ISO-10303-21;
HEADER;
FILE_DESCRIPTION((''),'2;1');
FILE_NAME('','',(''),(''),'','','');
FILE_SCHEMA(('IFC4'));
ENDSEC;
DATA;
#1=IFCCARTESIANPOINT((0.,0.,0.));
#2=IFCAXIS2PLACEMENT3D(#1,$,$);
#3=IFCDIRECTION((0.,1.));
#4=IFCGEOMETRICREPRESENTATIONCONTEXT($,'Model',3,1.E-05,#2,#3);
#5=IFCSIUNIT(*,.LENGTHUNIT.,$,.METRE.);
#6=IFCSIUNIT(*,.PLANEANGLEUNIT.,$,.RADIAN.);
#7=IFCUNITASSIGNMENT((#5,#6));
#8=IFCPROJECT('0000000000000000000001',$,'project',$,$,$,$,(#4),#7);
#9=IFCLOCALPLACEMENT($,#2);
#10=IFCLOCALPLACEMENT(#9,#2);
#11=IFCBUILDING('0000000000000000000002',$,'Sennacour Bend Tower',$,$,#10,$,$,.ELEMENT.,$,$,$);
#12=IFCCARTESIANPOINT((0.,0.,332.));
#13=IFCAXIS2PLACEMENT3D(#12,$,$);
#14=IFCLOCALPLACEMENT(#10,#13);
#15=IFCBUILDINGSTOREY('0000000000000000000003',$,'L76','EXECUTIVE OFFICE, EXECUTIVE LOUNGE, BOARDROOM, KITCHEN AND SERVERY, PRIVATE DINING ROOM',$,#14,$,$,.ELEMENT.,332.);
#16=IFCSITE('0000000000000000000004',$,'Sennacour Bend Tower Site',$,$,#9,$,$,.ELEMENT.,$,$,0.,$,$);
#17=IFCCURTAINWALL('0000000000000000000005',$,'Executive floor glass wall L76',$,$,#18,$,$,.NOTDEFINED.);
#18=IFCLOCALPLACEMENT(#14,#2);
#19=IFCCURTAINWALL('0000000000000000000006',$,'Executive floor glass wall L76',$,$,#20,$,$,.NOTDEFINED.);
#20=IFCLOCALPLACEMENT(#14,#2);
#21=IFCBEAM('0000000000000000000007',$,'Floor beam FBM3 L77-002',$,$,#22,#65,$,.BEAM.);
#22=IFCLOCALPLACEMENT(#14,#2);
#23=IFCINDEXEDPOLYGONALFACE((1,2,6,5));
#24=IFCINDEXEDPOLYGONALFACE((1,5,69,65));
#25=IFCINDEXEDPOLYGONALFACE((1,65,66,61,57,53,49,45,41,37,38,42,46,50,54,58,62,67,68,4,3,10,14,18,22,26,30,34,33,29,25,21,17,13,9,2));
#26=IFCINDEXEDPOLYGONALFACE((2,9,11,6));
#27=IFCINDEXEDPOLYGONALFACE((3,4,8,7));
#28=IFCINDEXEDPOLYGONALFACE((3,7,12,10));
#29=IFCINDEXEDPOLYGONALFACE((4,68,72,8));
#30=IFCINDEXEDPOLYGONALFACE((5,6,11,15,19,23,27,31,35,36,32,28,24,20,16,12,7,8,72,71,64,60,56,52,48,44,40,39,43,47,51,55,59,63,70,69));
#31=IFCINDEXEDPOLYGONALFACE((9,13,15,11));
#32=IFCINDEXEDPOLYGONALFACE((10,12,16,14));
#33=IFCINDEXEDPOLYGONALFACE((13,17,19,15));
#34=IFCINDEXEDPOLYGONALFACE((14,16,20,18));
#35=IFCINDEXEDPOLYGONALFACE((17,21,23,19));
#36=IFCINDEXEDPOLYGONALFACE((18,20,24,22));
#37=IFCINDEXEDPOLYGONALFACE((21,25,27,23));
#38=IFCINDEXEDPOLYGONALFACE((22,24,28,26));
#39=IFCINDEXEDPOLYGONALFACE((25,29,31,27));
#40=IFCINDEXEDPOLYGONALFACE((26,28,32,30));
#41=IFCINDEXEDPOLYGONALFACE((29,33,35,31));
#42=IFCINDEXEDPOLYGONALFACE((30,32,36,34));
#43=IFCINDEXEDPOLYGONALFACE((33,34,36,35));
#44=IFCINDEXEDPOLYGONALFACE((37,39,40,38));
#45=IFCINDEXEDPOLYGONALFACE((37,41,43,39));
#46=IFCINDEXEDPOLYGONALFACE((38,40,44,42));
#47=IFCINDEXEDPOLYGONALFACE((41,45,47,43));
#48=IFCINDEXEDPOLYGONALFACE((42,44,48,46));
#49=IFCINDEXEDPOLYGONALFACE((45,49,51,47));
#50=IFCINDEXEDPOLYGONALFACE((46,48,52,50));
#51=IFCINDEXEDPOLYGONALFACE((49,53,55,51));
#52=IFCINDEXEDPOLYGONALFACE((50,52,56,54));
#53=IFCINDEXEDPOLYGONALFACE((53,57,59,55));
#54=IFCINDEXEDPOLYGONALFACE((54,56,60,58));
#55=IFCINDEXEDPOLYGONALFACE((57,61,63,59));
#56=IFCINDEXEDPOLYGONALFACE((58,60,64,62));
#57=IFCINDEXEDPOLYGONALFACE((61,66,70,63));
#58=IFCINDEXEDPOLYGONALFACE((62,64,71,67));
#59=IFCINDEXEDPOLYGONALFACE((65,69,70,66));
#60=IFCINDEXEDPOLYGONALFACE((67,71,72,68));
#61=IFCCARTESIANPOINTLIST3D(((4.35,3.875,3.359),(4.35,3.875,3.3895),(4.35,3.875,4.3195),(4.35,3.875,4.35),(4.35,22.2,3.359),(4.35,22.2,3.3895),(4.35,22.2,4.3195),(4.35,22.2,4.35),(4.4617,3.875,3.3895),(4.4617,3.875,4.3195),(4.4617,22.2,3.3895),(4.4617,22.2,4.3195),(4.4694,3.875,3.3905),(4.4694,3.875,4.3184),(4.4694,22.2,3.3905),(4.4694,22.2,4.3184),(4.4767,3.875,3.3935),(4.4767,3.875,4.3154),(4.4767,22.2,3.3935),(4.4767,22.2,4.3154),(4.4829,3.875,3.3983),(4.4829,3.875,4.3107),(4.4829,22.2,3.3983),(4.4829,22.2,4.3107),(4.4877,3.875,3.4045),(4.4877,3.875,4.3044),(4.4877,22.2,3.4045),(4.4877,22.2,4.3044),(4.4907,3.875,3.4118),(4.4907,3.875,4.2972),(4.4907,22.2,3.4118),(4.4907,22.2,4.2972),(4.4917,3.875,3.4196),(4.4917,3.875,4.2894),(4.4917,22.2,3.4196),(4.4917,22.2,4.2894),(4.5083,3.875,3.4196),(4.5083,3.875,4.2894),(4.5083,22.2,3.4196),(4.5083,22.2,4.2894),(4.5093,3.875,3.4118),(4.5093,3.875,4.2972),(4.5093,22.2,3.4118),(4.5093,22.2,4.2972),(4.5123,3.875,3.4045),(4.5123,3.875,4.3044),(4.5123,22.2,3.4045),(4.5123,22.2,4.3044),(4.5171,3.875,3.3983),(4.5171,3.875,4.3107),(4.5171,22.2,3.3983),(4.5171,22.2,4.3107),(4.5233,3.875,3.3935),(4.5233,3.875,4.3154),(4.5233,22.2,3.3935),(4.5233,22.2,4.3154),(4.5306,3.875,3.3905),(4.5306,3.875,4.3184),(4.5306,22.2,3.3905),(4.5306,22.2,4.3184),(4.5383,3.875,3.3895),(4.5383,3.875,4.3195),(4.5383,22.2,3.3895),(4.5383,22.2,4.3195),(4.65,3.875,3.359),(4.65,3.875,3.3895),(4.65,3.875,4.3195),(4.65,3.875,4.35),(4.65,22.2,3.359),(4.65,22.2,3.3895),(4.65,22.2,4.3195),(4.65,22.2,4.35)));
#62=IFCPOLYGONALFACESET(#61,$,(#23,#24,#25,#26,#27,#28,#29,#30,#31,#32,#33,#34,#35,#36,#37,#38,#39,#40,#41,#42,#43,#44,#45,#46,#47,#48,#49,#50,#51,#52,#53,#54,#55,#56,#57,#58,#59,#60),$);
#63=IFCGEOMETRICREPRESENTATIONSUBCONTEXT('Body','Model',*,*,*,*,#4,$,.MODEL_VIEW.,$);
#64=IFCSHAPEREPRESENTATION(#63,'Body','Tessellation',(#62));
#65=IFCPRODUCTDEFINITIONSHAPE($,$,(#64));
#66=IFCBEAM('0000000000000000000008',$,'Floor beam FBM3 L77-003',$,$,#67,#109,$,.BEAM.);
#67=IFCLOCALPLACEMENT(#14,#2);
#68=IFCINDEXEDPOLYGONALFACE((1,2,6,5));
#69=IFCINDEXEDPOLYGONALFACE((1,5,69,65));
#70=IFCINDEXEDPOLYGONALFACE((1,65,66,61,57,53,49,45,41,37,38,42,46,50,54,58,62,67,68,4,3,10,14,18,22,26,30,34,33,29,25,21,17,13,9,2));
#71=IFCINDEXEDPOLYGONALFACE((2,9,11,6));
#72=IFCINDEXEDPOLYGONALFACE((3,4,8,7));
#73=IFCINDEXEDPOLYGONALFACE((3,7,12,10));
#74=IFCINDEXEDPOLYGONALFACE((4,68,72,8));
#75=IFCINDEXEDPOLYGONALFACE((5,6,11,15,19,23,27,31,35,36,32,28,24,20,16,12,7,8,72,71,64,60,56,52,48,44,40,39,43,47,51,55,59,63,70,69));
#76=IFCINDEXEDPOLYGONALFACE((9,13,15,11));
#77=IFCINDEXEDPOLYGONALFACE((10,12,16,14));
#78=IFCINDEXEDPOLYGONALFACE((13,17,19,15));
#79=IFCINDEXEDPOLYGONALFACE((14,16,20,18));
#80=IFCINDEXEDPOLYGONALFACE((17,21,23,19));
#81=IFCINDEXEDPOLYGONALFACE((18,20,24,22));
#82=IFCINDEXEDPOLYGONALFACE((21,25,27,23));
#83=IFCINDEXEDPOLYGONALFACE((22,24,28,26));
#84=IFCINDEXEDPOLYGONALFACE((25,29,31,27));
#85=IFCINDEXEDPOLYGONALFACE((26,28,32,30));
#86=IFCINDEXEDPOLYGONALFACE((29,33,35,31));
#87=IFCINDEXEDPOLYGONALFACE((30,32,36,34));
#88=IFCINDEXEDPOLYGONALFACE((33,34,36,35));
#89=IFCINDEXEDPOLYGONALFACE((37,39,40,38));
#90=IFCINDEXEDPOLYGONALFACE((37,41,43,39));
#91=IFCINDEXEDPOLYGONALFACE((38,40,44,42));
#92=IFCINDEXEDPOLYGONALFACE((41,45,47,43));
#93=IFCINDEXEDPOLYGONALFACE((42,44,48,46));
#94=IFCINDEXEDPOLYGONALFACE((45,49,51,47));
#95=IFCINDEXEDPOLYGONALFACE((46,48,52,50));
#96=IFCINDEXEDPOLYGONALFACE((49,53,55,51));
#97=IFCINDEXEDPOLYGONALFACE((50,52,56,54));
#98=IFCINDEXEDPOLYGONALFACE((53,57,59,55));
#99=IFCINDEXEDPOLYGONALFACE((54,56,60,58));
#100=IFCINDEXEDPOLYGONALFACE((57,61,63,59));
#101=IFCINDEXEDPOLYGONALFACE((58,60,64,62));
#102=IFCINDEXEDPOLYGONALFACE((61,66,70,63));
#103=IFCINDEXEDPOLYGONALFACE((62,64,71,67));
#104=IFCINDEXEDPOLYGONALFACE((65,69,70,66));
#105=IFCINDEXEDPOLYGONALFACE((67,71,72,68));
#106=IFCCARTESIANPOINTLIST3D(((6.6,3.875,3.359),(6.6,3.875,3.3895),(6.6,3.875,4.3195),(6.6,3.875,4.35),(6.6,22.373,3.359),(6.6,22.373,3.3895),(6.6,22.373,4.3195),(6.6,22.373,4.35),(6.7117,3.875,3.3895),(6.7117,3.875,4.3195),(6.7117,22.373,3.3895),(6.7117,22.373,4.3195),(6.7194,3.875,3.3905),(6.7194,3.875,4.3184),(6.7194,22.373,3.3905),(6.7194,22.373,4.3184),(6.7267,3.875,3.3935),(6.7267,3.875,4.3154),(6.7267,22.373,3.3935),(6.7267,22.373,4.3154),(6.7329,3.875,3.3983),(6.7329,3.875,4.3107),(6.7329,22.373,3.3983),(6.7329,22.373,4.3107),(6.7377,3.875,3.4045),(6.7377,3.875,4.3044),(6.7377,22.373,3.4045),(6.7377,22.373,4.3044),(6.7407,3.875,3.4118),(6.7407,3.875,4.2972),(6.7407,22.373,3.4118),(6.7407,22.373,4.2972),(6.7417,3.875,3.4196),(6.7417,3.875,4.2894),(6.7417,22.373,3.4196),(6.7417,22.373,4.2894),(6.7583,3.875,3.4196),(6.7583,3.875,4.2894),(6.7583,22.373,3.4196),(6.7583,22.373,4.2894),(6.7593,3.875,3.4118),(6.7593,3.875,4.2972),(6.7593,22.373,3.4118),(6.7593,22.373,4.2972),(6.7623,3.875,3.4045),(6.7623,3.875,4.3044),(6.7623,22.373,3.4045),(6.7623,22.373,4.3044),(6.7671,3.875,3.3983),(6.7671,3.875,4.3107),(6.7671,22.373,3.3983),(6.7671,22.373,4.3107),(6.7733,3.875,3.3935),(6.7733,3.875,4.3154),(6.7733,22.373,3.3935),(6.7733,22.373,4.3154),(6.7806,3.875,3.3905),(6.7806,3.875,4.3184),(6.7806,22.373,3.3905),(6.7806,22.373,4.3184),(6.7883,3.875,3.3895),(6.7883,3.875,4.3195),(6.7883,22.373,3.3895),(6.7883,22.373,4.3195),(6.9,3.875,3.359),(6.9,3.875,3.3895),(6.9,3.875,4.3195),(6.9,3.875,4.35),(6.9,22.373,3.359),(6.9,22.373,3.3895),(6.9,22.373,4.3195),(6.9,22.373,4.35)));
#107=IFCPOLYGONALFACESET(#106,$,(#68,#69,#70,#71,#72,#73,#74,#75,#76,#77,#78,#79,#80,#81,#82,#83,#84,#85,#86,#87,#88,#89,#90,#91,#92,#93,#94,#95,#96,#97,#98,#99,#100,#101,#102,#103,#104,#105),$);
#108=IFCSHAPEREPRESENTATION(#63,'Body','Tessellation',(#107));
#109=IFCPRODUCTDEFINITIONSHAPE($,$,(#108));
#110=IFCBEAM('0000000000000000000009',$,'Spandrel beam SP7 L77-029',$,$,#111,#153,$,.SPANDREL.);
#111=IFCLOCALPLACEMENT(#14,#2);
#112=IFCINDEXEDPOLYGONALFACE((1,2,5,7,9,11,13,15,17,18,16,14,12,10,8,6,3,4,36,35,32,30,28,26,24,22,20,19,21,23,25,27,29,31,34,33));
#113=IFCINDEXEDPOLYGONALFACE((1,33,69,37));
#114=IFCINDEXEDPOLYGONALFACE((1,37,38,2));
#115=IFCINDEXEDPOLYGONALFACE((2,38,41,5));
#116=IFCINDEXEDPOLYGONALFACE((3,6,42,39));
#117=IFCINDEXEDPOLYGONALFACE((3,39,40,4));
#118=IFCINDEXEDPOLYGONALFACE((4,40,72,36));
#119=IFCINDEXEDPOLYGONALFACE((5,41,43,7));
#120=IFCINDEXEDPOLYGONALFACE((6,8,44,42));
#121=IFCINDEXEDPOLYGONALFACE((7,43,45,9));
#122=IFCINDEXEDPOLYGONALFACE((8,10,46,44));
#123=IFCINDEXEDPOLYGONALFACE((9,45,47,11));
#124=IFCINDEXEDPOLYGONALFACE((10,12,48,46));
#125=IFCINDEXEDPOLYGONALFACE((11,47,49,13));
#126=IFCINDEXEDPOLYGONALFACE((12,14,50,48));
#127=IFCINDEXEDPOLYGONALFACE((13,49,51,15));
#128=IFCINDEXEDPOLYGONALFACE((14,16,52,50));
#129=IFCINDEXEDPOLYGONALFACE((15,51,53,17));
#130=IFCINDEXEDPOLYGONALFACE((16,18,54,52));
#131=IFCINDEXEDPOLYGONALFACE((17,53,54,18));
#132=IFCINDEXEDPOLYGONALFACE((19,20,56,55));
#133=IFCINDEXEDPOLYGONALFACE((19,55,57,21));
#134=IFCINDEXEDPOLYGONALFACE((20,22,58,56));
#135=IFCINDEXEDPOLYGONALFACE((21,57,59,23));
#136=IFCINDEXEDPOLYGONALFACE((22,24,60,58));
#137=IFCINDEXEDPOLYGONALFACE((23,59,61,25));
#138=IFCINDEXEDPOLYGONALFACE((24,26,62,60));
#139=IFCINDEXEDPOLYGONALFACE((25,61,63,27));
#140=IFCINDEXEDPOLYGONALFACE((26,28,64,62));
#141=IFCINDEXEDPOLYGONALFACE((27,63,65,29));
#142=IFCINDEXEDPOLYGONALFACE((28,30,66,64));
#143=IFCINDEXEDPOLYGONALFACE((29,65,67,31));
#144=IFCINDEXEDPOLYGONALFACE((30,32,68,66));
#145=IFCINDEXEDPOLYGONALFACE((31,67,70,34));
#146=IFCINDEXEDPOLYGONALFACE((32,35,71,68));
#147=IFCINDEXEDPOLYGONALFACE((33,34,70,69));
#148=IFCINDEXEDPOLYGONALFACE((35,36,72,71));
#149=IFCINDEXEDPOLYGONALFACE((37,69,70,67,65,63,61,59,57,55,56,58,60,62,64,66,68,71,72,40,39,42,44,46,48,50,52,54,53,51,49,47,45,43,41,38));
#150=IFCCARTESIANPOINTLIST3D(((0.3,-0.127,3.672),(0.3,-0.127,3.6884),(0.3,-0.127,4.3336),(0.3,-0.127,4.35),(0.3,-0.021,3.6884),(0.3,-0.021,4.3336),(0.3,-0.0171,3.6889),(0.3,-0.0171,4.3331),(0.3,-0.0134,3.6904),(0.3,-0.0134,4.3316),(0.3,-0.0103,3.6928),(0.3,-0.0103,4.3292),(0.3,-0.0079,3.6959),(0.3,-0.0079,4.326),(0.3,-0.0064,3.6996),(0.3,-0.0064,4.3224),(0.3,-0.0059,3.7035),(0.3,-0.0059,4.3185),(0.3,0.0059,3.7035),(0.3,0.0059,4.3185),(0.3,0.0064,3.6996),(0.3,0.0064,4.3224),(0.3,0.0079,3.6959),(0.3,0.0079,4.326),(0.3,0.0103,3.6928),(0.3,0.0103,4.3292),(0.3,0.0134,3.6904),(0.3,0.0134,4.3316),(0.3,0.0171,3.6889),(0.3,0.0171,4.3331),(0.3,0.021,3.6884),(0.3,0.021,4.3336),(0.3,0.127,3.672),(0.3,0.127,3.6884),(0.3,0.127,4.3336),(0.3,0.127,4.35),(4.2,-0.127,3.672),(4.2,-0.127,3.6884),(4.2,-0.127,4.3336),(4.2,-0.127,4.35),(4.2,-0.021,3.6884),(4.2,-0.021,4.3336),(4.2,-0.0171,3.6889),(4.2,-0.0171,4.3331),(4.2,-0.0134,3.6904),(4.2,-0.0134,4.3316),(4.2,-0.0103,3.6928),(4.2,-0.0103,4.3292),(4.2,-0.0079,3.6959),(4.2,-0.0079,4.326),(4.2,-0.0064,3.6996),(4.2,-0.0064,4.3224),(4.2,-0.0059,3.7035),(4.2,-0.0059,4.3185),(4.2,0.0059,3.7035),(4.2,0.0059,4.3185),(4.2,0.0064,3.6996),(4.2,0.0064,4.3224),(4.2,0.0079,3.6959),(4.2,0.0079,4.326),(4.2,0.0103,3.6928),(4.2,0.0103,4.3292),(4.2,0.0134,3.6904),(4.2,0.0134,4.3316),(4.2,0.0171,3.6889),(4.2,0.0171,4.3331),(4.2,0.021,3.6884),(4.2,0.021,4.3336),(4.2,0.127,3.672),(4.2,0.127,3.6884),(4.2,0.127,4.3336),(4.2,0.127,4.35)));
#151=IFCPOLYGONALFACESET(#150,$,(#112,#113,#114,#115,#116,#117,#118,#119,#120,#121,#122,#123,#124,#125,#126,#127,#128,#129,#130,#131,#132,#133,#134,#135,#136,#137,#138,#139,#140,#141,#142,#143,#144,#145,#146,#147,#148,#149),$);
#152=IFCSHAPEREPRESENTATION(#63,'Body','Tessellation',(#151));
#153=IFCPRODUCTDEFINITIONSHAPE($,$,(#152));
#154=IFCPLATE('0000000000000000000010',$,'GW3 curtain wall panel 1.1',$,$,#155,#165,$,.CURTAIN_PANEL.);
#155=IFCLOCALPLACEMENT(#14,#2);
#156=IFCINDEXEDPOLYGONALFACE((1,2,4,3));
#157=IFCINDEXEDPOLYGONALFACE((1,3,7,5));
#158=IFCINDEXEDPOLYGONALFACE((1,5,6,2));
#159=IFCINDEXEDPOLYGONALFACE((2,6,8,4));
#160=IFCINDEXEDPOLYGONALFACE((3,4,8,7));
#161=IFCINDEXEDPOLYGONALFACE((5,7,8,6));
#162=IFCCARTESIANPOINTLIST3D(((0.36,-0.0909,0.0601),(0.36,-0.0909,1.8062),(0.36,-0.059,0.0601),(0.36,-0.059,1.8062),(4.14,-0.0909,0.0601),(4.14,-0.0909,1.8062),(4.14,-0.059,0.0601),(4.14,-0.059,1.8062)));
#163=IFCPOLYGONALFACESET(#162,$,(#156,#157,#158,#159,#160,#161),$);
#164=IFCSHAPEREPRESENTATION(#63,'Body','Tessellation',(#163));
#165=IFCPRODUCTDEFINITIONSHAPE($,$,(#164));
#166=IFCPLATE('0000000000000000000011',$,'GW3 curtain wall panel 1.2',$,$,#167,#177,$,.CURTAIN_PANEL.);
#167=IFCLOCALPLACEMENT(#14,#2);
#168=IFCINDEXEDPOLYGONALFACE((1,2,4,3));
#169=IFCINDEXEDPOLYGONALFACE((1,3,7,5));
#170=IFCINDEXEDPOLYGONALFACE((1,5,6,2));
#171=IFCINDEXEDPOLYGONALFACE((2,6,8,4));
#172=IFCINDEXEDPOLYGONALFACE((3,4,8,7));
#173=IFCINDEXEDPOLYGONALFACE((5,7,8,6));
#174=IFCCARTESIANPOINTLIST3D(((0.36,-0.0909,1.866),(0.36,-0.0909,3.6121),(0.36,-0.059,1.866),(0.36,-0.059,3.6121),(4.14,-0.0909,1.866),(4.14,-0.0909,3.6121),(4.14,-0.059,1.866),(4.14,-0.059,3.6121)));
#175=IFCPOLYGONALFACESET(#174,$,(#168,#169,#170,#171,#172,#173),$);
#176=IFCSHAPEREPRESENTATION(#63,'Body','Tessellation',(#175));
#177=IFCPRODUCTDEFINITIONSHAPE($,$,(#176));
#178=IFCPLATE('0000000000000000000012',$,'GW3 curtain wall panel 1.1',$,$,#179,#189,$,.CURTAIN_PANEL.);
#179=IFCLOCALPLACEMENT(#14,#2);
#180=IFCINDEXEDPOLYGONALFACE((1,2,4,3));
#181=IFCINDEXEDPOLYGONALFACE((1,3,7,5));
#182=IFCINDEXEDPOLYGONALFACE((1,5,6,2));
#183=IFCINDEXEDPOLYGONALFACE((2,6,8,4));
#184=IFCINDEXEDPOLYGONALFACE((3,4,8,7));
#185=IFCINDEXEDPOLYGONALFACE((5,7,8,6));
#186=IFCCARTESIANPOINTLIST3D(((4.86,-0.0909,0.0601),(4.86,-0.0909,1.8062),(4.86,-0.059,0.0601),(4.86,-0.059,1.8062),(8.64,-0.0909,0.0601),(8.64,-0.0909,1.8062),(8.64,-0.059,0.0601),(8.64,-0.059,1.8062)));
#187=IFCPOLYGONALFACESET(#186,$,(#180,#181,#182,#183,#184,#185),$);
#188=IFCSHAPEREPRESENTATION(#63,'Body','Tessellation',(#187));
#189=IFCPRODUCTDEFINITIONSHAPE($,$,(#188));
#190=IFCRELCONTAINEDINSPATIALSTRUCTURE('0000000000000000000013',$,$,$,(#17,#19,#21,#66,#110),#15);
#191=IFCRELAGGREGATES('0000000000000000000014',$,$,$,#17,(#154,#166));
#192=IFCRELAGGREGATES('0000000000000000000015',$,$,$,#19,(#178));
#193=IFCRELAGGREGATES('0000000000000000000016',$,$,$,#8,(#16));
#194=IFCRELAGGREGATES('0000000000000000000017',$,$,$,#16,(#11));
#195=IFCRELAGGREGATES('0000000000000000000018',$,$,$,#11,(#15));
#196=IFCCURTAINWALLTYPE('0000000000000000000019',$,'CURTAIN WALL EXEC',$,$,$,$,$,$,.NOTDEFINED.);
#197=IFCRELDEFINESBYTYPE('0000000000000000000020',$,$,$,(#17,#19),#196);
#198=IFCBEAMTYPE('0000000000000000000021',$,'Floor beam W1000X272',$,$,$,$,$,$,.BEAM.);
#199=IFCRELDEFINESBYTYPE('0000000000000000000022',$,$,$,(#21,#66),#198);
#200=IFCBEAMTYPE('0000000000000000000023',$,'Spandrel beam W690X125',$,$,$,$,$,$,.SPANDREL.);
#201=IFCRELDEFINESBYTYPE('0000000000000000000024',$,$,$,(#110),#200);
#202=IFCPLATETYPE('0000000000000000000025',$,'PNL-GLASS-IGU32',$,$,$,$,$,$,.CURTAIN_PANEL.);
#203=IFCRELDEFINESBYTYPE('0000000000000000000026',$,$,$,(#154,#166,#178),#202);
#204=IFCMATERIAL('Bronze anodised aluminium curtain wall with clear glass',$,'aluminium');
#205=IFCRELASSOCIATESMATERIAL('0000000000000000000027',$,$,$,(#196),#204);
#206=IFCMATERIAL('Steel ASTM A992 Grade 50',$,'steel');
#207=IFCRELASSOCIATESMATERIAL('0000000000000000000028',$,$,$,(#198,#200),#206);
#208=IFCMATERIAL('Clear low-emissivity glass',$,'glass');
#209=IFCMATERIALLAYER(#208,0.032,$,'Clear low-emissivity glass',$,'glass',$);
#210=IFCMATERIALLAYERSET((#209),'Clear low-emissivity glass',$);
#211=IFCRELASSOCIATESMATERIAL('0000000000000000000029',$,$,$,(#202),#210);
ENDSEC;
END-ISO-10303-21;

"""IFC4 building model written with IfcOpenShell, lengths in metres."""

from ifc_helpers import new_model, si_unit, direction, frame, origin, origin_2d, place, context, subcontext, project, spatial, rectangle, i_section, extrude, material, layer, layer_set, material_profile, profile_set, type_object, element, aggregate, save


model = new_model("IFC4")

# Units and contexts
model_context = context("Model", 3, precision=1e-05, world=origin(), true_north=direction((0.0, 1.0)))
body_context = subcontext(model_context, "Body", "Model", "MODEL_VIEW")
ifc_project = project(units=[si_unit("LENGTHUNIT", "METRE"), si_unit("PLANEANGLEUNIT", "RADIAN")], contexts=[model_context])

# Site, building, storey
site_placement = place(None, origin())
site = spatial("IfcSite", under=ifc_project, at=site_placement, Name="Sennacour Bend Tower Site", CompositionType="ELEMENT", RefElevation=0.0)
building_placement = place(site_placement, origin())
building = spatial("IfcBuilding", under=site, at=building_placement, Name="Sennacour Bend Tower", CompositionType="ELEMENT")
storey_placement = place(building_placement, frame((0.0, 0.0, 332.0)))
storey = spatial("IfcBuildingStorey", under=building, at=storey_placement, Name="L76", Description="EXECUTIVE OFFICE, EXECUTIVE LOUNGE, BOARDROOM, KITCHEN AND SERVERY, PRIVATE DINING ROOM", CompositionType="ELEMENT", Elevation=332.0)

# Curtain walls
ifc_material_1 = material(Name="Bronze anodised aluminium curtain wall with clear glass", Category="aluminium")
curtain_wall_type = type_object("IfcCurtainWallType", Name="CURTAIN WALL EXEC", PredefinedType="NOTDEFINED", material=ifc_material_1)
curtain_wall_1_placement = place(storey_placement, origin())
curtain_wall_1 = element("IfcCurtainWall", 1, at=curtain_wall_1_placement, inside=storey, type_object=curtain_wall_type, Name="Executive floor glass wall L76", PredefinedType="NOTDEFINED")
curtain_wall_2_placement = place(storey_placement, origin())
curtain_wall_2 = element("IfcCurtainWall", 2, at=curtain_wall_2_placement, inside=storey, type_object=curtain_wall_type, Name="Executive floor glass wall L76", PredefinedType="NOTDEFINED")

# Beams
ifc_material_2 = material(Name="Steel ASTM A992 Grade 50", Category="steel")
ifc_material_profile_1 = material_profile(ifc_material_2, i_section(OverallWidth=0.3, OverallDepth=0.991, WebThickness=0.0166, FlangeThickness=0.0305, FilletRadius=0.03, at=origin_2d()), Name="Steel ASTM A992 Grade 50", Category="steel")
ifc_profile_set_1 = profile_set([ifc_material_profile_1], Name="Steel ASTM A992 Grade 50")
beam_type_1 = type_object("IfcBeamType", Name="Floor beam W1000X272", PredefinedType="BEAM", material=ifc_profile_set_1)
beam_1_placement = place(storey_placement, frame((4.5, 3.875, 3.8545), z_axis=(0.0, 1.0, 0.0), x_axis=(-1.0, 0.0, 0.0)))
element("IfcBeam", 3, at=beam_1_placement, inside=storey, type_object=beam_type_1, Name="Floor beam FBM3 L77-002", PredefinedType="BEAM", context=body_context, shape_type="SweptSolid", body=[
    extrude(i_section(OverallWidth=0.3, OverallDepth=0.991, WebThickness=0.0166, FlangeThickness=0.0305, FilletRadius=0.03, at=origin_2d()), origin(), (0.0, 0.0, 1.0), 18.325),
])
beam_2_placement = place(storey_placement, frame((6.75, 3.875, 3.8545), z_axis=(0.0, 1.0, 0.0), x_axis=(-1.0, 0.0, 0.0)))
element("IfcBeam", 4, at=beam_2_placement, inside=storey, type_object=beam_type_1, Name="Floor beam FBM3 L77-003", PredefinedType="BEAM", context=body_context, shape_type="SweptSolid", body=[
    extrude(i_section(OverallWidth=0.3, OverallDepth=0.991, WebThickness=0.0166, FlangeThickness=0.0305, FilletRadius=0.03, at=origin_2d()), origin(), (0.0, 0.0, 1.0), 18.498),
])
ifc_material_profile_2 = material_profile(ifc_material_2, i_section(OverallWidth=0.2539, OverallDepth=0.678, WebThickness=0.0117, FlangeThickness=0.0164, FilletRadius=0.0151, at=origin_2d()), Name="Steel ASTM A992 Grade 50", Category="steel")
ifc_profile_set_2 = profile_set([ifc_material_profile_2], Name="Steel ASTM A992 Grade 50")
beam_type_2 = type_object("IfcBeamType", Name="Spandrel beam W690X125", PredefinedType="SPANDREL", material=ifc_profile_set_2)
beam_3_placement = place(storey_placement, frame((4.2, 0.0, 4.011), z_axis=(-1.0, 0.0, 0.0), x_axis=(0.0, -1.0, 0.0)))
element("IfcBeam", 5, at=beam_3_placement, inside=storey, type_object=beam_type_2, Name="Spandrel beam SP7 L77-029", PredefinedType="SPANDREL", context=body_context, shape_type="SweptSolid", body=[
    extrude(i_section(OverallWidth=0.2539, OverallDepth=0.678, WebThickness=0.0117, FlangeThickness=0.0164, FilletRadius=0.0151, at=origin_2d()), origin(), (0.0, 0.0, 1.0), 3.8999),
])

# Plates
ifc_material_3 = material(Name="Clear low-emissivity glass", Category="glass")
ifc_layer_1 = layer(ifc_material_3, 0.032, Name="Clear low-emissivity glass", Category="glass")
ifc_layer_set_1 = layer_set([ifc_layer_1], Name="Clear low-emissivity glass")
plate_type = type_object("IfcPlateType", Name="PNL-GLASS-IGU32", PredefinedType="CURTAIN_PANEL", material=ifc_layer_set_1)
plate_1_placement = place(storey_placement, frame((2.25, -0.075, 0.0601), z_axis=(0.0, 0.0, 1.0), x_axis=(1.0, 0.0, 0.0)))
plate_1 = element("IfcPlate", 6, at=plate_1_placement, type_object=plate_type, Name="GW3 curtain wall panel 1.1", PredefinedType="CURTAIN_PANEL", context=body_context, shape_type="SweptSolid", body=[
    extrude(rectangle(XDim=3.78, YDim=0.032, at=origin_2d()), origin(), (0.0, 0.0, 1.0), 1.7461),
])
plate_2_placement = place(storey_placement, frame((2.25, -0.075, 1.866), z_axis=(0.0, 0.0, 1.0), x_axis=(1.0, 0.0, 0.0)))
plate_2 = element("IfcPlate", 7, at=plate_2_placement, type_object=plate_type, Name="GW3 curtain wall panel 1.2", PredefinedType="CURTAIN_PANEL", context=body_context, shape_type="SweptSolid", body=[
    extrude(rectangle(XDim=3.78, YDim=0.032, at=origin_2d()), origin(), (0.0, 0.0, 1.0), 1.7461),
])
aggregate(curtain_wall_1, [plate_1, plate_2])
plate_3_placement = place(storey_placement, frame((6.75, -0.075, 0.0601), z_axis=(0.0, 0.0, 1.0), x_axis=(1.0, 0.0, 0.0)))
plate_3 = element("IfcPlate", 8, at=plate_3_placement, type_object=plate_type, Name="GW3 curtain wall panel 1.1", PredefinedType="CURTAIN_PANEL", context=body_context, shape_type="SweptSolid", body=[
    extrude(rectangle(XDim=3.78, YDim=0.032, at=origin_2d()), origin(), (0.0, 0.0, 1.0), 1.7461),
])
aggregate(curtain_wall_2, [plate_3])

save(model, "model.ifc")
